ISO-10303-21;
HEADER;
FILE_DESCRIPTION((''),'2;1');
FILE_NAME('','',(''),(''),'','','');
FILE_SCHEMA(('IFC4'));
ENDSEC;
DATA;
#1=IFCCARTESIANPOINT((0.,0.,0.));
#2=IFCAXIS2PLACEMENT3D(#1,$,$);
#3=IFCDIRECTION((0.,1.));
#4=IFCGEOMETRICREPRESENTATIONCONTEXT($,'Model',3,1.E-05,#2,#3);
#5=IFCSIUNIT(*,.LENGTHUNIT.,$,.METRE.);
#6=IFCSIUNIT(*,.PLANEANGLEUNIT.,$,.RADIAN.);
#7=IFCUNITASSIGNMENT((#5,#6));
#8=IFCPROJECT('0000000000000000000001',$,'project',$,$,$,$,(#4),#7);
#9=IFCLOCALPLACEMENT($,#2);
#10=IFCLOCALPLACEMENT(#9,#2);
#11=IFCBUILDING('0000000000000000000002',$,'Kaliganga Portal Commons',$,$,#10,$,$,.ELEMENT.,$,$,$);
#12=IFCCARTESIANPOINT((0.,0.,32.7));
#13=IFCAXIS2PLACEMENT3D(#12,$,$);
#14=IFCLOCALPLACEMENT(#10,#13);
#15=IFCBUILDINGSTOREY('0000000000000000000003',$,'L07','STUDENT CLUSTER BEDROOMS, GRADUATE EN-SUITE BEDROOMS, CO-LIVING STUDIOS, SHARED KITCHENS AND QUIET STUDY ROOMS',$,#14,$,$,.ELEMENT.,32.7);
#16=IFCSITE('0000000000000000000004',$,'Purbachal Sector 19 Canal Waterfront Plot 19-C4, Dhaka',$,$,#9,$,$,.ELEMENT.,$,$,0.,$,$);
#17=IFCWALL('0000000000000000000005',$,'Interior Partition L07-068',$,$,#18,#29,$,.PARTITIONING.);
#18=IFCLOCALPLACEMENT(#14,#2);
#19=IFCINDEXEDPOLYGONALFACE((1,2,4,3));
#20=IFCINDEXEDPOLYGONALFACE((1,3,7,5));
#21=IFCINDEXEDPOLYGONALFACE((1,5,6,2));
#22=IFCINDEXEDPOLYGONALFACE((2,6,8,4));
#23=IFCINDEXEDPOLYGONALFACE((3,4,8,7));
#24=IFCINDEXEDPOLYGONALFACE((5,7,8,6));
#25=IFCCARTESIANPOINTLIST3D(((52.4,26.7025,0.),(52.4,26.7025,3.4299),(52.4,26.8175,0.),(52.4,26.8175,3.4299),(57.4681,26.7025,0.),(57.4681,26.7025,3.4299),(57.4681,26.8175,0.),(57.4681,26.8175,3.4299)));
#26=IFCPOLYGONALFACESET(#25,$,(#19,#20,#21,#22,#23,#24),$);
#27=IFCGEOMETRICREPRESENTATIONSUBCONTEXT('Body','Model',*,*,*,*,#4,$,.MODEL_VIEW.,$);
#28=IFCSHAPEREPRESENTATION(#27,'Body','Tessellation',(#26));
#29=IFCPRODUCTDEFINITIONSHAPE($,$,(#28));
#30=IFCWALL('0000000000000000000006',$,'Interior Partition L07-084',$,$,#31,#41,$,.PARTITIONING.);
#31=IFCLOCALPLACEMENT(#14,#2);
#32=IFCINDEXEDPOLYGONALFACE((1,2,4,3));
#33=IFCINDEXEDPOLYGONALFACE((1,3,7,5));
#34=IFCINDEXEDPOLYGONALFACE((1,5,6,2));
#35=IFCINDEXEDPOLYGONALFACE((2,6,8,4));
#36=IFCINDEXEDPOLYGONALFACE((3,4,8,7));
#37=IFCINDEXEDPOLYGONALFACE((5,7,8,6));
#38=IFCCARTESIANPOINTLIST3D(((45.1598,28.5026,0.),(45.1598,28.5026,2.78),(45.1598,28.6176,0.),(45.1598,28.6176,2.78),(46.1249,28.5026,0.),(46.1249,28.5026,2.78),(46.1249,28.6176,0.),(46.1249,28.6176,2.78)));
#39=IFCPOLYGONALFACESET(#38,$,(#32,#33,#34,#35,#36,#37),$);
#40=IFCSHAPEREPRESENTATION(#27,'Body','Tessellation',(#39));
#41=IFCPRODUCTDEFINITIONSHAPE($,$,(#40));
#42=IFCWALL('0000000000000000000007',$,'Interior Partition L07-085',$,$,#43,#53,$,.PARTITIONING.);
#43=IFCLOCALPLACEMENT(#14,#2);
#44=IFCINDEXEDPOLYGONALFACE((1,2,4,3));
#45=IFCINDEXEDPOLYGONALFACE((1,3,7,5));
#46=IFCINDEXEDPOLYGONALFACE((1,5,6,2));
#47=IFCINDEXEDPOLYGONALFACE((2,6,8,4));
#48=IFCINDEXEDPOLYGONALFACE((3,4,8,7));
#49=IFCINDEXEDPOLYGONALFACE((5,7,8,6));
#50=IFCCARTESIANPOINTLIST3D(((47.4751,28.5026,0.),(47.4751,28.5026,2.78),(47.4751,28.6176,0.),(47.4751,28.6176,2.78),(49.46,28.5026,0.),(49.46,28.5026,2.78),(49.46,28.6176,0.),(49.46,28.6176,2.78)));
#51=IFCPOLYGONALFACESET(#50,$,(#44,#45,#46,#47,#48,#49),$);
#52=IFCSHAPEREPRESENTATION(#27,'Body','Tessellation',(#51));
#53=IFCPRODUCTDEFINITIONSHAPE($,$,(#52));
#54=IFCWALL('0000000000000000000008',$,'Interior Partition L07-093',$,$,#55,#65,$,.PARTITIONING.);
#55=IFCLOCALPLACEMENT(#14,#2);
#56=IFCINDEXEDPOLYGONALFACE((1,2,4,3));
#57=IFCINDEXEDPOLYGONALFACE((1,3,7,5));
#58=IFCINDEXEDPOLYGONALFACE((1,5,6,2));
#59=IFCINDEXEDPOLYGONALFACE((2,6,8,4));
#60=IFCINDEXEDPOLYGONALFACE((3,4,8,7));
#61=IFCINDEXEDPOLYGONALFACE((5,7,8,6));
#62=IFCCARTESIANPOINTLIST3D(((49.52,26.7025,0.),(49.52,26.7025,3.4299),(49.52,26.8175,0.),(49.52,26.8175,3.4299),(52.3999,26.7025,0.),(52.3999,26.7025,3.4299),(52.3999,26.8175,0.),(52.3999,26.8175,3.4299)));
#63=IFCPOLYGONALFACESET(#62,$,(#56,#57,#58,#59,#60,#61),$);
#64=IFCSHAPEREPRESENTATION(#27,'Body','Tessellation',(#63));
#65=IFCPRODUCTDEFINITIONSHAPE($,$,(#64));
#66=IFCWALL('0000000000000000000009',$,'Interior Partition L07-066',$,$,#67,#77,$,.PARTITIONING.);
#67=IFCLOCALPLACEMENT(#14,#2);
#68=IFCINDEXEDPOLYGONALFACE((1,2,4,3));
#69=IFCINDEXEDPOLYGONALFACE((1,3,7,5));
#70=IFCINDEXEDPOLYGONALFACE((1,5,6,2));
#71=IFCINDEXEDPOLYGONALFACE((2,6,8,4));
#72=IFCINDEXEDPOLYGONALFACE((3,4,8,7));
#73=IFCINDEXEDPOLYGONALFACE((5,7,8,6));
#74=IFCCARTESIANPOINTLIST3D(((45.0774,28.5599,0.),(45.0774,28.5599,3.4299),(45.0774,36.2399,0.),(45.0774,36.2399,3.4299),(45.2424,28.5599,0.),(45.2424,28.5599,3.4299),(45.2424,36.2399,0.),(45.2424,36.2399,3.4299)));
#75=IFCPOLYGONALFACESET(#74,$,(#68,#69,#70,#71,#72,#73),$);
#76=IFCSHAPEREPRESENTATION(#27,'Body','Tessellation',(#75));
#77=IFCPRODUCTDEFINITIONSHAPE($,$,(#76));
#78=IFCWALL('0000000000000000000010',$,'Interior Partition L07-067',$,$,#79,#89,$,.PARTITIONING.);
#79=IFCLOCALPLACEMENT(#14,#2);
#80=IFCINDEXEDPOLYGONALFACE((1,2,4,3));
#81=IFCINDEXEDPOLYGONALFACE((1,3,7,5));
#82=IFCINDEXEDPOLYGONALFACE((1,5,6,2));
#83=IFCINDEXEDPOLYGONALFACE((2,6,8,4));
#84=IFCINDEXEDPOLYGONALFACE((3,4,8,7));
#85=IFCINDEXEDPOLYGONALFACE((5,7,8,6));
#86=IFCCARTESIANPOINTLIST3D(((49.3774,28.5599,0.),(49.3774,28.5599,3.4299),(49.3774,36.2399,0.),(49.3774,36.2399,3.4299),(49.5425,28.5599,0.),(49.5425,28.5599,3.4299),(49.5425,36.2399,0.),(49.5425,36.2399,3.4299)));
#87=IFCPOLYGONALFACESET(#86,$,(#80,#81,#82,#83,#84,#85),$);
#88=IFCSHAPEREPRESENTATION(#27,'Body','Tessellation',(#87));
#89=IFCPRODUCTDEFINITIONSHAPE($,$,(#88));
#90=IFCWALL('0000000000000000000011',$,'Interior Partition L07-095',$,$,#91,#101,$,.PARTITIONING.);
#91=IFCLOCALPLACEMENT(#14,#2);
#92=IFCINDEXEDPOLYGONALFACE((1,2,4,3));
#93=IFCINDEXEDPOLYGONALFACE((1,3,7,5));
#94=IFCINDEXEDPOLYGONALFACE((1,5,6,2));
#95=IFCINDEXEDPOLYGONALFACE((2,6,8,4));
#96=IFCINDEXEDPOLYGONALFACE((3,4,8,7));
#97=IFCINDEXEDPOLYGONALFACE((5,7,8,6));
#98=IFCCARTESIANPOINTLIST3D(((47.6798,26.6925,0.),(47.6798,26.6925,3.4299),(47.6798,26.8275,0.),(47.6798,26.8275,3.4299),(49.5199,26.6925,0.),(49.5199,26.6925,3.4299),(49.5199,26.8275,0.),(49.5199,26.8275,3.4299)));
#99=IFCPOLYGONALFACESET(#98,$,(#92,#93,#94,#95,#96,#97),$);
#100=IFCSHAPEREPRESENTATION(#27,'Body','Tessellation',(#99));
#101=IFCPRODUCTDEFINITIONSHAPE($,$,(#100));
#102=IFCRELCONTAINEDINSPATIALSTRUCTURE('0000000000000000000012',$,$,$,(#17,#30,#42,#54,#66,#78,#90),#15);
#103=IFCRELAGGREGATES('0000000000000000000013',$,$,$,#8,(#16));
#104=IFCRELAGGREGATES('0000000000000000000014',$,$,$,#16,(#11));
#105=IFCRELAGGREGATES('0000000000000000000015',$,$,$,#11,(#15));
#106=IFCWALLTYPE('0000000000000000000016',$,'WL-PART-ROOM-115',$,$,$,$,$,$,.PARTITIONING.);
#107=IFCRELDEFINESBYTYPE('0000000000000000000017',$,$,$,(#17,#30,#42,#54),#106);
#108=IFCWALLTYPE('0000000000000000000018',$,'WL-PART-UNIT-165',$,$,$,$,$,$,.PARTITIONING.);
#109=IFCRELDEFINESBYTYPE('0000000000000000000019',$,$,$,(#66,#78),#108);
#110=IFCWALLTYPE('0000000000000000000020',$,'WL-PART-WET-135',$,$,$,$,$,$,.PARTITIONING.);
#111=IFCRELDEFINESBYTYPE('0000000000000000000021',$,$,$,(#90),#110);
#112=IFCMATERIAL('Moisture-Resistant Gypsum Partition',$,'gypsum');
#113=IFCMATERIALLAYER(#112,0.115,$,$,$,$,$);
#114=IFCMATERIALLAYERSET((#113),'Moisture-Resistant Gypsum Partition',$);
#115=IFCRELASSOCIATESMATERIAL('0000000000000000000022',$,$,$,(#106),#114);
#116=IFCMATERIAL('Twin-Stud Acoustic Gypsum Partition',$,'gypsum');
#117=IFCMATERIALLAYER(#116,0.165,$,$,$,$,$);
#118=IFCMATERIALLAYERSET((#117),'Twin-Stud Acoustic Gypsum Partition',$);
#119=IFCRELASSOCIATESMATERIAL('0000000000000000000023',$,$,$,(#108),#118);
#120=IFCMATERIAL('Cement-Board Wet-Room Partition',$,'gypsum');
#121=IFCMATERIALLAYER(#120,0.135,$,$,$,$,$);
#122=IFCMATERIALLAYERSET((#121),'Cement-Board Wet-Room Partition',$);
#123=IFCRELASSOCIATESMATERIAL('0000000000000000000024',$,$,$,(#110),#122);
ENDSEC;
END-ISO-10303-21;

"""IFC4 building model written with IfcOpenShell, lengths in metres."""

from ifc_helpers import new_model, si_unit, direction, frame, frame_2d, origin, place, context, subcontext, project, spatial, rectangle, extrude, material, layer, layer_set, type_object, element, save


model = new_model("IFC4")

# Units and contexts
model_context = context("Model", 3, precision=1e-05, world=origin(), true_north=direction((0.0, 1.0)))
body_context = subcontext(model_context, "Body", "Model", "MODEL_VIEW")
ifc_project = project(units=[si_unit("LENGTHUNIT", "METRE"), si_unit("PLANEANGLEUNIT", "RADIAN")], contexts=[model_context])

# Site, building, storey
site_placement = place(None, origin())
site = spatial("IfcSite", under=ifc_project, at=site_placement, Name="Purbachal Sector 19 Canal Waterfront Plot 19-C4, Dhaka", CompositionType="ELEMENT", RefElevation=0.0)
building_placement = place(site_placement, origin())
building = spatial("IfcBuilding", under=site, at=building_placement, Name="Kaliganga Portal Commons", CompositionType="ELEMENT")
storey_placement = place(building_placement, frame((0.0, 0.0, 32.7)))
storey = spatial("IfcBuildingStorey", under=building, at=storey_placement, Name="L07", Description="STUDENT CLUSTER BEDROOMS, GRADUATE EN-SUITE BEDROOMS, CO-LIVING STUDIOS, SHARED KITCHENS AND QUIET STUDY ROOMS", CompositionType="ELEMENT", Elevation=32.7)

# Walls
ifc_material_1 = material(Name="Moisture-Resistant Gypsum Partition", Category="gypsum")
ifc_layer_1 = layer(ifc_material_1, 0.115)
ifc_layer_set_1 = layer_set([ifc_layer_1], Name="Moisture-Resistant Gypsum Partition")
wall_type_1 = type_object("IfcWallType", Name="WL-PART-ROOM-115", PredefinedType="PARTITIONING", material=ifc_layer_set_1)
wall_1_placement = place(storey_placement, frame((52.3999, 26.76, 0.0), z_axis=(0.0, 0.0, 1.0), x_axis=(1.0, 0.0, 0.0)))
element("IfcWall", 1, at=wall_1_placement, inside=storey, type_object=wall_type_1, Name="Interior Partition L07-068", PredefinedType="PARTITIONING", context=body_context, shape_type="SweptSolid", body=[
    extrude(rectangle(XDim=5.0681, YDim=0.115, at=frame_2d((2.5342, 0.0))), origin(), (0.0, 0.0, 1.0), 3.4299),
])
wall_2_placement = place(storey_placement, frame((45.1599, 28.5601, 0.0), z_axis=(0.0, 0.0, 1.0), x_axis=(1.0, 0.0, 0.0)))
element("IfcWall", 2, at=wall_2_placement, inside=storey, type_object=wall_type_1, Name="Interior Partition L07-084", PredefinedType="PARTITIONING", context=body_context, shape_type="SweptSolid", body=[
    extrude(rectangle(XDim=0.9651, YDim=0.115, at=frame_2d((0.4824, 0.0))), origin(), (0.0, 0.0, 1.0), 2.78),
])
wall_3_placement = place(storey_placement, frame((47.4751, 28.5601, 0.0), z_axis=(0.0, 0.0, 1.0), x_axis=(1.0, 0.0, 0.0)))
element("IfcWall", 3, at=wall_3_placement, inside=storey, type_object=wall_type_1, Name="Interior Partition L07-085", PredefinedType="PARTITIONING", context=body_context, shape_type="SweptSolid", body=[
    extrude(rectangle(XDim=1.9849, YDim=0.115, at=frame_2d((0.9924, 0.0))), origin(), (0.0, 0.0, 1.0), 2.78),
])
wall_4_placement = place(storey_placement, frame((49.52, 26.76, 0.0), z_axis=(0.0, 0.0, 1.0), x_axis=(1.0, 0.0, 0.0)))
element("IfcWall", 4, at=wall_4_placement, inside=storey, type_object=wall_type_1, Name="Interior Partition L07-093", PredefinedType="PARTITIONING", context=body_context, shape_type="SweptSolid", body=[
    extrude(rectangle(XDim=2.8799, YDim=0.115, at=frame_2d((1.4399, 0.0))), origin(), (0.0, 0.0, 1.0), 3.4299),
])
ifc_material_2 = material(Name="Twin-Stud Acoustic Gypsum Partition", Category="gypsum")
ifc_layer_2 = layer(ifc_material_2, 0.165)
ifc_layer_set_2 = layer_set([ifc_layer_2], Name="Twin-Stud Acoustic Gypsum Partition")
wall_type_2 = type_object("IfcWallType", Name="WL-PART-UNIT-165", PredefinedType="PARTITIONING", material=ifc_layer_set_2)
for number, where, z_axis, x_axis, name in (
    (5, (45.1599, 28.5601, 0.0), (0.0, 0.0, 1.0), (0.0, 1.0, 0.0), "Interior Partition L07-066"),
    (6, (49.46, 28.5601, 0.0), (0.0, 0.0, 1.0), (0.0, 1.0, 0.0), "Interior Partition L07-067"),
):
    element("IfcWall", number, at=place(storey_placement, frame(where, z_axis=z_axis, x_axis=x_axis)), inside=storey, type_object=wall_type_2, Name=name, PredefinedType="PARTITIONING", context=body_context, shape_type="SweptSolid", body=[
        extrude(rectangle(XDim=7.6799, YDim=0.165, at=frame_2d((3.8398, 0.0))), origin(), (0.0, 0.0, 1.0), 3.4299),
    ])
ifc_material_3 = material(Name="Cement-Board Wet-Room Partition", Category="gypsum")
ifc_layer_3 = layer(ifc_material_3, 0.135)
ifc_layer_set_3 = layer_set([ifc_layer_3], Name="Cement-Board Wet-Room Partition")
wall_type_3 = type_object("IfcWallType", Name="WL-PART-WET-135", PredefinedType="PARTITIONING", material=ifc_layer_set_3)
wall_5_placement = place(storey_placement, frame((47.6799, 26.76, 0.0), z_axis=(0.0, 0.0, 1.0), x_axis=(1.0, 0.0, 0.0)))
element("IfcWall", 7, at=wall_5_placement, inside=storey, type_object=wall_type_3, Name="Interior Partition L07-095", PredefinedType="PARTITIONING", context=body_context, shape_type="SweptSolid", body=[
    extrude(rectangle(XDim=1.8401, YDim=0.135, at=frame_2d((0.9199, 0.0))), origin(), (0.0, 0.0, 1.0), 3.4299),
])

save(model, "model.ifc")
